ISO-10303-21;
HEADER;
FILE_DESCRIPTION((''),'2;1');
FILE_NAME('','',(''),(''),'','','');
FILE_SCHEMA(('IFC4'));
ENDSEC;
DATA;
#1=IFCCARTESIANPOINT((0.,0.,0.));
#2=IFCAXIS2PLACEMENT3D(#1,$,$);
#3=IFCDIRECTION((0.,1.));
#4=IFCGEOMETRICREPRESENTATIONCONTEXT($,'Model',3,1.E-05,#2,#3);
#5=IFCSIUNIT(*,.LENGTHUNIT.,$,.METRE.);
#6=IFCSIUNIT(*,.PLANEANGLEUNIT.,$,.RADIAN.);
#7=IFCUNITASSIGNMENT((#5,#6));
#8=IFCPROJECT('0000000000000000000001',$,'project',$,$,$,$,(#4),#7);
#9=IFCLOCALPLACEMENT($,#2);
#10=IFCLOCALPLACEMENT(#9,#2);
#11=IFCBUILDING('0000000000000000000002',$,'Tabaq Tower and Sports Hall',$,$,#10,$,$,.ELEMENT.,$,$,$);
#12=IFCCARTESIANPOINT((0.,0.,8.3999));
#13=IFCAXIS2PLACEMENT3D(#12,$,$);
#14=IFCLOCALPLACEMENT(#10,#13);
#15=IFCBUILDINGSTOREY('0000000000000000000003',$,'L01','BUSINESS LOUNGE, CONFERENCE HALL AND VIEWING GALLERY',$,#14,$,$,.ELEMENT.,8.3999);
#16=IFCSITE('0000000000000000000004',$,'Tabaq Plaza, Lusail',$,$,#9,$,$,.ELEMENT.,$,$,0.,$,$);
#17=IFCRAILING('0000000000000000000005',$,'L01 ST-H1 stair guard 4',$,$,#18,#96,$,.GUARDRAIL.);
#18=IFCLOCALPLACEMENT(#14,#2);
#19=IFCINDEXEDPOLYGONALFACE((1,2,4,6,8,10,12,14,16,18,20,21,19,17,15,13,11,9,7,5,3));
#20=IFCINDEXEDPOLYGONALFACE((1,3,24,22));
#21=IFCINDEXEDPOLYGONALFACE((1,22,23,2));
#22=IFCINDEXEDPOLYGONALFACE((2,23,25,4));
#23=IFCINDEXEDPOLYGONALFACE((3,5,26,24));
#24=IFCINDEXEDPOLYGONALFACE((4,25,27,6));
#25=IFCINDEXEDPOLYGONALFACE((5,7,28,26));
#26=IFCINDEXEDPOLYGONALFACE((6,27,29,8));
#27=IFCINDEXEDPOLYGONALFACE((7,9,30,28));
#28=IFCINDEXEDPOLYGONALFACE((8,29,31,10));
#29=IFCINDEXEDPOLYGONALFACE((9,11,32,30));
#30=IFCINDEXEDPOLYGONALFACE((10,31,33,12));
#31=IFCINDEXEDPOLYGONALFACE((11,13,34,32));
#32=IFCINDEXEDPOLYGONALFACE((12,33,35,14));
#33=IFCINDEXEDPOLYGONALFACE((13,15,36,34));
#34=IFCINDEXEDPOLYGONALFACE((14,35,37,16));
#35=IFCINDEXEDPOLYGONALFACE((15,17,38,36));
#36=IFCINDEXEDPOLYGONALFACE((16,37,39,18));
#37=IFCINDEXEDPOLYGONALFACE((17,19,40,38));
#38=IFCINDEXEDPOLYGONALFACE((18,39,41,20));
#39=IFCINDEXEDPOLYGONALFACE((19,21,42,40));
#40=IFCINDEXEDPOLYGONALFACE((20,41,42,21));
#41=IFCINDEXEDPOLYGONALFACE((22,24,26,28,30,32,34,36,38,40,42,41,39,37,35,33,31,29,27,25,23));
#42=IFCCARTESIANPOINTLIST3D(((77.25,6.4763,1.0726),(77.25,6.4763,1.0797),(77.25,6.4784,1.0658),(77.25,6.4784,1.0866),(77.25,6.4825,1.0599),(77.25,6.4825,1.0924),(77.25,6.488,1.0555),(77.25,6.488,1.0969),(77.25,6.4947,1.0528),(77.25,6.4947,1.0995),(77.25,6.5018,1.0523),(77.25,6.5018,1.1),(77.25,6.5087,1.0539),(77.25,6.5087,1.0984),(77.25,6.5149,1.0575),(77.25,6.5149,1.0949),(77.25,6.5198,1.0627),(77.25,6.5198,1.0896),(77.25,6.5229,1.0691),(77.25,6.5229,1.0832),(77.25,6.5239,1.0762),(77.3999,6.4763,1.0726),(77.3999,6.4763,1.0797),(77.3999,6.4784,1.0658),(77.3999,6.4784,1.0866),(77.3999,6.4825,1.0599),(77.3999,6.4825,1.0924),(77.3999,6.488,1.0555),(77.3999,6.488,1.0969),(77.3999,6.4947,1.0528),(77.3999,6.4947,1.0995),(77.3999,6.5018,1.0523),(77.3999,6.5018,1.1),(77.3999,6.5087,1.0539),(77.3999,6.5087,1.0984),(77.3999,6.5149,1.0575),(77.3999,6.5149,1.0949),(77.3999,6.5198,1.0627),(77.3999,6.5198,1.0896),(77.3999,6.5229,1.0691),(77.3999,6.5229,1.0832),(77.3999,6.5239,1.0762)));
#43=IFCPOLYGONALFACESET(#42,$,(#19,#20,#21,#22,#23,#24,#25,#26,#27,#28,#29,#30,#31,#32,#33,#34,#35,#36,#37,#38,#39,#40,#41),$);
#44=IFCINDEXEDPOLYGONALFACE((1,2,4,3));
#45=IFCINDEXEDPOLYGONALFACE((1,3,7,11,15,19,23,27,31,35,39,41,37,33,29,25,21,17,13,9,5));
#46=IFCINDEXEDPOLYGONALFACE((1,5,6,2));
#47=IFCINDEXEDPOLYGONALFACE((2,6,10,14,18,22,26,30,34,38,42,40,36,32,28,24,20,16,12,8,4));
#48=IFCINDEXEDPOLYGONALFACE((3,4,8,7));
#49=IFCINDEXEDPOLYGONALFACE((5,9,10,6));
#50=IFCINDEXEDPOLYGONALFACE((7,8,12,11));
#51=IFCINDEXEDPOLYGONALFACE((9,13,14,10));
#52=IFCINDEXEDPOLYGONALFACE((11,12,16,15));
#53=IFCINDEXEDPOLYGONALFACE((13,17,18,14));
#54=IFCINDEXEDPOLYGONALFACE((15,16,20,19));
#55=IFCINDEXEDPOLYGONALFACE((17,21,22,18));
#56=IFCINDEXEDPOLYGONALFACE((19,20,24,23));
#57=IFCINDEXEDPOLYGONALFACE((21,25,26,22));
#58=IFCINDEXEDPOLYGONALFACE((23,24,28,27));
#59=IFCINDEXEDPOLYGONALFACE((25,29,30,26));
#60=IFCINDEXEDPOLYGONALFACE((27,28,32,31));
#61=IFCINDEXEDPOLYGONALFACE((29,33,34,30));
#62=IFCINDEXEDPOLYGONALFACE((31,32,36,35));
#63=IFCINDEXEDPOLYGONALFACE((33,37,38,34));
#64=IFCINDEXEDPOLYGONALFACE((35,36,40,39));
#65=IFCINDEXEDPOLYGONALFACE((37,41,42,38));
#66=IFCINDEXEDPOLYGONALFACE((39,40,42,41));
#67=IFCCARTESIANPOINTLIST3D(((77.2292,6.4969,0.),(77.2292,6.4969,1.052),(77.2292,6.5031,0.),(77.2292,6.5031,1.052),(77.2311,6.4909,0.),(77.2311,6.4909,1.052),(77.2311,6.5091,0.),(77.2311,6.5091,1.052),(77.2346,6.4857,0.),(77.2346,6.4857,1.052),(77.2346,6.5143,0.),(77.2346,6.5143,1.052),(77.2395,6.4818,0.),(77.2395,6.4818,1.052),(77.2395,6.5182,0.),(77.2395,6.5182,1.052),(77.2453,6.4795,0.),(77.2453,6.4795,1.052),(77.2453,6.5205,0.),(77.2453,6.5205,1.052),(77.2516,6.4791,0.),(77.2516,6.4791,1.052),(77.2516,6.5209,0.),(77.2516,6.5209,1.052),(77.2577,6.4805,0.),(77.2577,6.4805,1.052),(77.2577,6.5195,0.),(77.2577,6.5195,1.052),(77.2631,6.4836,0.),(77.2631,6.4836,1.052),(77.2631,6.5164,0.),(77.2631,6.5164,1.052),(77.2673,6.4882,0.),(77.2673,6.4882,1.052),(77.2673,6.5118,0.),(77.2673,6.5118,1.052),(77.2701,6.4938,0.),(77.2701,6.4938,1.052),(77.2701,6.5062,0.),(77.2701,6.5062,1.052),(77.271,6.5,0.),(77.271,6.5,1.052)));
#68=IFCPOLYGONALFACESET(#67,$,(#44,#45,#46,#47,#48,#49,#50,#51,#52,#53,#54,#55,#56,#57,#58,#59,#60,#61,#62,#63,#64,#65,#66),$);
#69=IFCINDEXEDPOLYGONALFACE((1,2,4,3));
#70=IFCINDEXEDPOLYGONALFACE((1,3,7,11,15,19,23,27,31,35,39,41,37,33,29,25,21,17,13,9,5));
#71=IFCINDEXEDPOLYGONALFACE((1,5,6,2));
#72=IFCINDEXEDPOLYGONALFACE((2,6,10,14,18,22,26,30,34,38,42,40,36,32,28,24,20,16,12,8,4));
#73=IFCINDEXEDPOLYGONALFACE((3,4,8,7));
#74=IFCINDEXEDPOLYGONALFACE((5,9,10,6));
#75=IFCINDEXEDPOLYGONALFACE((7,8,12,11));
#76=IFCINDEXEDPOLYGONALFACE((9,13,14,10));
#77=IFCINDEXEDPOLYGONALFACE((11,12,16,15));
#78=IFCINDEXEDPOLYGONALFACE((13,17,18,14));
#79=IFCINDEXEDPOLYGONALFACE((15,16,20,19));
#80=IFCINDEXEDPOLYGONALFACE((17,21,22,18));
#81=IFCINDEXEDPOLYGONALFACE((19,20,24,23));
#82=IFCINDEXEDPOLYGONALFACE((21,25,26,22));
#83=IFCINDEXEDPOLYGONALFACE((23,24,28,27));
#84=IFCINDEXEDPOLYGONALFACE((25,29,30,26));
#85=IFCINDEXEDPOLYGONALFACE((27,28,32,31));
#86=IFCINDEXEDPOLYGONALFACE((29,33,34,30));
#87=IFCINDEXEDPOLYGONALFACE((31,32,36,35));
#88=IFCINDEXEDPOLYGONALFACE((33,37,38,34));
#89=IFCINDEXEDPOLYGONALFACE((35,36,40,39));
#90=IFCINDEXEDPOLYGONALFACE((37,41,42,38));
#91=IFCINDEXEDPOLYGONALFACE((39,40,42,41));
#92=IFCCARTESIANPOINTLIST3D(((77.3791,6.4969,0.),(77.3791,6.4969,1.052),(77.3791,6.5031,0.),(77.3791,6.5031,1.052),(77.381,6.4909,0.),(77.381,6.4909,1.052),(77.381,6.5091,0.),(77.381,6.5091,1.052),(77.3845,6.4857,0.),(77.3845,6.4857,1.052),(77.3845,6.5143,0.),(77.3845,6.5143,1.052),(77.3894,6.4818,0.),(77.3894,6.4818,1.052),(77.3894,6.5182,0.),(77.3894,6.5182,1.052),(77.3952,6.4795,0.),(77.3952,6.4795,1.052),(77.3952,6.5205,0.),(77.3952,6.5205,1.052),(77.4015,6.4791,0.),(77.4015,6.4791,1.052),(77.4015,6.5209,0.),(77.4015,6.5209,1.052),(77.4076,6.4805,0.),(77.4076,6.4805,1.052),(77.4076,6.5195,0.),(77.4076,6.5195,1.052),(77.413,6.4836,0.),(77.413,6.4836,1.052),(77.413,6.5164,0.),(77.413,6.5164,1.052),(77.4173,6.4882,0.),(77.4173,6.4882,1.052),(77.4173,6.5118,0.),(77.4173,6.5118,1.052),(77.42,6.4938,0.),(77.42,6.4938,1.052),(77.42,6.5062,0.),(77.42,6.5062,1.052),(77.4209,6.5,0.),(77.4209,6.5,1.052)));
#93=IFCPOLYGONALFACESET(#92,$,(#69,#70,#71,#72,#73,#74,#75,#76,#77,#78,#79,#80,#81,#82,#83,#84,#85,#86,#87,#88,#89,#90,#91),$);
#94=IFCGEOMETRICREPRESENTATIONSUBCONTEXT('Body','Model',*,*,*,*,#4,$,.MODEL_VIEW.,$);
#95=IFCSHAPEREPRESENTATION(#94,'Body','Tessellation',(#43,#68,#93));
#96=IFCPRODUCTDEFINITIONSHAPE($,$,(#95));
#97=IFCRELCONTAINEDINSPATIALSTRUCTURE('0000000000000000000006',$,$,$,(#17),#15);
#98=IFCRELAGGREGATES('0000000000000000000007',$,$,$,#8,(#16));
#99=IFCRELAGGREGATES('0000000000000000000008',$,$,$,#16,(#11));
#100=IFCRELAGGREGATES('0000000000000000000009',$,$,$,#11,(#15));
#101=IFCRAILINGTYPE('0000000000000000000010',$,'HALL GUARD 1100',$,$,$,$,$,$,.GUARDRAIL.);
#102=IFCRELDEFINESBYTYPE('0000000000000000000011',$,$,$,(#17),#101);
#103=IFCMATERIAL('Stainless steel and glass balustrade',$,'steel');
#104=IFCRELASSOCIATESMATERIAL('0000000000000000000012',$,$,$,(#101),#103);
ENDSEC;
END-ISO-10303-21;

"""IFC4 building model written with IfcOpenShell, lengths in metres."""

from ifc_helpers import new_model, si_unit, direction, frame, origin, origin_2d, place, context, subcontext, project, spatial, circle, extrude, material, type_object, element, save


model = new_model("IFC4")

# Units and contexts
model_context = context("Model", 3, precision=1e-05, world=origin(), true_north=direction((0.0, 1.0)))
body_context = subcontext(model_context, "Body", "Model", "MODEL_VIEW")
ifc_project = project(units=[si_unit("LENGTHUNIT", "METRE"), si_unit("PLANEANGLEUNIT", "RADIAN")], contexts=[model_context])

# Site, building, storey
site_placement = place(None, origin())
site = spatial("IfcSite", under=ifc_project, at=site_placement, Name="Tabaq Plaza, Lusail", CompositionType="ELEMENT", RefElevation=0.0)
building_placement = place(site_placement, origin())
building = spatial("IfcBuilding", under=site, at=building_placement, Name="Tabaq Tower and Sports Hall", CompositionType="ELEMENT")
storey_placement = place(building_placement, frame((0.0, 0.0, 8.3999)))
storey = spatial("IfcBuildingStorey", under=building, at=storey_placement, Name="L01", Description="BUSINESS LOUNGE, CONFERENCE HALL AND VIEWING GALLERY", CompositionType="ELEMENT", Elevation=8.3999)

# Railing
ifc_material_1 = material(Name="Stainless steel and glass balustrade", Category="steel")
railing_type_1 = type_object("IfcRailingType", Name="HALL GUARD 1100", PredefinedType="GUARDRAIL", material=ifc_material_1)
railing_1_placement = place(storey_placement, frame((77.25, 6.5, 0.0)))
element("IfcRailing", 1, at=railing_1_placement, inside=storey, type_object=railing_type_1, Name="L01 ST-H1 stair guard 4", PredefinedType="GUARDRAIL", context=body_context, shape_type="SweptSolid", body=[
    extrude(circle(Radius=0.0239, at=origin_2d()), frame((0.0, 0.0, 1.0762), z_axis=(1.0, 0.0, 0.0), x_axis=(0.0, 1.0, 0.0)), (0.0, 0.0, 1.0), 0.1499),
    extrude(circle(Radius=0.021, at=origin_2d()), origin(), (0.0, 0.0, 1.0), 1.052),
    extrude(circle(Radius=0.021, at=origin_2d()), frame((0.1499, 0.0, 0.0)), (0.0, 0.0, 1.0), 1.052),
])

save(model, "model.ifc")
